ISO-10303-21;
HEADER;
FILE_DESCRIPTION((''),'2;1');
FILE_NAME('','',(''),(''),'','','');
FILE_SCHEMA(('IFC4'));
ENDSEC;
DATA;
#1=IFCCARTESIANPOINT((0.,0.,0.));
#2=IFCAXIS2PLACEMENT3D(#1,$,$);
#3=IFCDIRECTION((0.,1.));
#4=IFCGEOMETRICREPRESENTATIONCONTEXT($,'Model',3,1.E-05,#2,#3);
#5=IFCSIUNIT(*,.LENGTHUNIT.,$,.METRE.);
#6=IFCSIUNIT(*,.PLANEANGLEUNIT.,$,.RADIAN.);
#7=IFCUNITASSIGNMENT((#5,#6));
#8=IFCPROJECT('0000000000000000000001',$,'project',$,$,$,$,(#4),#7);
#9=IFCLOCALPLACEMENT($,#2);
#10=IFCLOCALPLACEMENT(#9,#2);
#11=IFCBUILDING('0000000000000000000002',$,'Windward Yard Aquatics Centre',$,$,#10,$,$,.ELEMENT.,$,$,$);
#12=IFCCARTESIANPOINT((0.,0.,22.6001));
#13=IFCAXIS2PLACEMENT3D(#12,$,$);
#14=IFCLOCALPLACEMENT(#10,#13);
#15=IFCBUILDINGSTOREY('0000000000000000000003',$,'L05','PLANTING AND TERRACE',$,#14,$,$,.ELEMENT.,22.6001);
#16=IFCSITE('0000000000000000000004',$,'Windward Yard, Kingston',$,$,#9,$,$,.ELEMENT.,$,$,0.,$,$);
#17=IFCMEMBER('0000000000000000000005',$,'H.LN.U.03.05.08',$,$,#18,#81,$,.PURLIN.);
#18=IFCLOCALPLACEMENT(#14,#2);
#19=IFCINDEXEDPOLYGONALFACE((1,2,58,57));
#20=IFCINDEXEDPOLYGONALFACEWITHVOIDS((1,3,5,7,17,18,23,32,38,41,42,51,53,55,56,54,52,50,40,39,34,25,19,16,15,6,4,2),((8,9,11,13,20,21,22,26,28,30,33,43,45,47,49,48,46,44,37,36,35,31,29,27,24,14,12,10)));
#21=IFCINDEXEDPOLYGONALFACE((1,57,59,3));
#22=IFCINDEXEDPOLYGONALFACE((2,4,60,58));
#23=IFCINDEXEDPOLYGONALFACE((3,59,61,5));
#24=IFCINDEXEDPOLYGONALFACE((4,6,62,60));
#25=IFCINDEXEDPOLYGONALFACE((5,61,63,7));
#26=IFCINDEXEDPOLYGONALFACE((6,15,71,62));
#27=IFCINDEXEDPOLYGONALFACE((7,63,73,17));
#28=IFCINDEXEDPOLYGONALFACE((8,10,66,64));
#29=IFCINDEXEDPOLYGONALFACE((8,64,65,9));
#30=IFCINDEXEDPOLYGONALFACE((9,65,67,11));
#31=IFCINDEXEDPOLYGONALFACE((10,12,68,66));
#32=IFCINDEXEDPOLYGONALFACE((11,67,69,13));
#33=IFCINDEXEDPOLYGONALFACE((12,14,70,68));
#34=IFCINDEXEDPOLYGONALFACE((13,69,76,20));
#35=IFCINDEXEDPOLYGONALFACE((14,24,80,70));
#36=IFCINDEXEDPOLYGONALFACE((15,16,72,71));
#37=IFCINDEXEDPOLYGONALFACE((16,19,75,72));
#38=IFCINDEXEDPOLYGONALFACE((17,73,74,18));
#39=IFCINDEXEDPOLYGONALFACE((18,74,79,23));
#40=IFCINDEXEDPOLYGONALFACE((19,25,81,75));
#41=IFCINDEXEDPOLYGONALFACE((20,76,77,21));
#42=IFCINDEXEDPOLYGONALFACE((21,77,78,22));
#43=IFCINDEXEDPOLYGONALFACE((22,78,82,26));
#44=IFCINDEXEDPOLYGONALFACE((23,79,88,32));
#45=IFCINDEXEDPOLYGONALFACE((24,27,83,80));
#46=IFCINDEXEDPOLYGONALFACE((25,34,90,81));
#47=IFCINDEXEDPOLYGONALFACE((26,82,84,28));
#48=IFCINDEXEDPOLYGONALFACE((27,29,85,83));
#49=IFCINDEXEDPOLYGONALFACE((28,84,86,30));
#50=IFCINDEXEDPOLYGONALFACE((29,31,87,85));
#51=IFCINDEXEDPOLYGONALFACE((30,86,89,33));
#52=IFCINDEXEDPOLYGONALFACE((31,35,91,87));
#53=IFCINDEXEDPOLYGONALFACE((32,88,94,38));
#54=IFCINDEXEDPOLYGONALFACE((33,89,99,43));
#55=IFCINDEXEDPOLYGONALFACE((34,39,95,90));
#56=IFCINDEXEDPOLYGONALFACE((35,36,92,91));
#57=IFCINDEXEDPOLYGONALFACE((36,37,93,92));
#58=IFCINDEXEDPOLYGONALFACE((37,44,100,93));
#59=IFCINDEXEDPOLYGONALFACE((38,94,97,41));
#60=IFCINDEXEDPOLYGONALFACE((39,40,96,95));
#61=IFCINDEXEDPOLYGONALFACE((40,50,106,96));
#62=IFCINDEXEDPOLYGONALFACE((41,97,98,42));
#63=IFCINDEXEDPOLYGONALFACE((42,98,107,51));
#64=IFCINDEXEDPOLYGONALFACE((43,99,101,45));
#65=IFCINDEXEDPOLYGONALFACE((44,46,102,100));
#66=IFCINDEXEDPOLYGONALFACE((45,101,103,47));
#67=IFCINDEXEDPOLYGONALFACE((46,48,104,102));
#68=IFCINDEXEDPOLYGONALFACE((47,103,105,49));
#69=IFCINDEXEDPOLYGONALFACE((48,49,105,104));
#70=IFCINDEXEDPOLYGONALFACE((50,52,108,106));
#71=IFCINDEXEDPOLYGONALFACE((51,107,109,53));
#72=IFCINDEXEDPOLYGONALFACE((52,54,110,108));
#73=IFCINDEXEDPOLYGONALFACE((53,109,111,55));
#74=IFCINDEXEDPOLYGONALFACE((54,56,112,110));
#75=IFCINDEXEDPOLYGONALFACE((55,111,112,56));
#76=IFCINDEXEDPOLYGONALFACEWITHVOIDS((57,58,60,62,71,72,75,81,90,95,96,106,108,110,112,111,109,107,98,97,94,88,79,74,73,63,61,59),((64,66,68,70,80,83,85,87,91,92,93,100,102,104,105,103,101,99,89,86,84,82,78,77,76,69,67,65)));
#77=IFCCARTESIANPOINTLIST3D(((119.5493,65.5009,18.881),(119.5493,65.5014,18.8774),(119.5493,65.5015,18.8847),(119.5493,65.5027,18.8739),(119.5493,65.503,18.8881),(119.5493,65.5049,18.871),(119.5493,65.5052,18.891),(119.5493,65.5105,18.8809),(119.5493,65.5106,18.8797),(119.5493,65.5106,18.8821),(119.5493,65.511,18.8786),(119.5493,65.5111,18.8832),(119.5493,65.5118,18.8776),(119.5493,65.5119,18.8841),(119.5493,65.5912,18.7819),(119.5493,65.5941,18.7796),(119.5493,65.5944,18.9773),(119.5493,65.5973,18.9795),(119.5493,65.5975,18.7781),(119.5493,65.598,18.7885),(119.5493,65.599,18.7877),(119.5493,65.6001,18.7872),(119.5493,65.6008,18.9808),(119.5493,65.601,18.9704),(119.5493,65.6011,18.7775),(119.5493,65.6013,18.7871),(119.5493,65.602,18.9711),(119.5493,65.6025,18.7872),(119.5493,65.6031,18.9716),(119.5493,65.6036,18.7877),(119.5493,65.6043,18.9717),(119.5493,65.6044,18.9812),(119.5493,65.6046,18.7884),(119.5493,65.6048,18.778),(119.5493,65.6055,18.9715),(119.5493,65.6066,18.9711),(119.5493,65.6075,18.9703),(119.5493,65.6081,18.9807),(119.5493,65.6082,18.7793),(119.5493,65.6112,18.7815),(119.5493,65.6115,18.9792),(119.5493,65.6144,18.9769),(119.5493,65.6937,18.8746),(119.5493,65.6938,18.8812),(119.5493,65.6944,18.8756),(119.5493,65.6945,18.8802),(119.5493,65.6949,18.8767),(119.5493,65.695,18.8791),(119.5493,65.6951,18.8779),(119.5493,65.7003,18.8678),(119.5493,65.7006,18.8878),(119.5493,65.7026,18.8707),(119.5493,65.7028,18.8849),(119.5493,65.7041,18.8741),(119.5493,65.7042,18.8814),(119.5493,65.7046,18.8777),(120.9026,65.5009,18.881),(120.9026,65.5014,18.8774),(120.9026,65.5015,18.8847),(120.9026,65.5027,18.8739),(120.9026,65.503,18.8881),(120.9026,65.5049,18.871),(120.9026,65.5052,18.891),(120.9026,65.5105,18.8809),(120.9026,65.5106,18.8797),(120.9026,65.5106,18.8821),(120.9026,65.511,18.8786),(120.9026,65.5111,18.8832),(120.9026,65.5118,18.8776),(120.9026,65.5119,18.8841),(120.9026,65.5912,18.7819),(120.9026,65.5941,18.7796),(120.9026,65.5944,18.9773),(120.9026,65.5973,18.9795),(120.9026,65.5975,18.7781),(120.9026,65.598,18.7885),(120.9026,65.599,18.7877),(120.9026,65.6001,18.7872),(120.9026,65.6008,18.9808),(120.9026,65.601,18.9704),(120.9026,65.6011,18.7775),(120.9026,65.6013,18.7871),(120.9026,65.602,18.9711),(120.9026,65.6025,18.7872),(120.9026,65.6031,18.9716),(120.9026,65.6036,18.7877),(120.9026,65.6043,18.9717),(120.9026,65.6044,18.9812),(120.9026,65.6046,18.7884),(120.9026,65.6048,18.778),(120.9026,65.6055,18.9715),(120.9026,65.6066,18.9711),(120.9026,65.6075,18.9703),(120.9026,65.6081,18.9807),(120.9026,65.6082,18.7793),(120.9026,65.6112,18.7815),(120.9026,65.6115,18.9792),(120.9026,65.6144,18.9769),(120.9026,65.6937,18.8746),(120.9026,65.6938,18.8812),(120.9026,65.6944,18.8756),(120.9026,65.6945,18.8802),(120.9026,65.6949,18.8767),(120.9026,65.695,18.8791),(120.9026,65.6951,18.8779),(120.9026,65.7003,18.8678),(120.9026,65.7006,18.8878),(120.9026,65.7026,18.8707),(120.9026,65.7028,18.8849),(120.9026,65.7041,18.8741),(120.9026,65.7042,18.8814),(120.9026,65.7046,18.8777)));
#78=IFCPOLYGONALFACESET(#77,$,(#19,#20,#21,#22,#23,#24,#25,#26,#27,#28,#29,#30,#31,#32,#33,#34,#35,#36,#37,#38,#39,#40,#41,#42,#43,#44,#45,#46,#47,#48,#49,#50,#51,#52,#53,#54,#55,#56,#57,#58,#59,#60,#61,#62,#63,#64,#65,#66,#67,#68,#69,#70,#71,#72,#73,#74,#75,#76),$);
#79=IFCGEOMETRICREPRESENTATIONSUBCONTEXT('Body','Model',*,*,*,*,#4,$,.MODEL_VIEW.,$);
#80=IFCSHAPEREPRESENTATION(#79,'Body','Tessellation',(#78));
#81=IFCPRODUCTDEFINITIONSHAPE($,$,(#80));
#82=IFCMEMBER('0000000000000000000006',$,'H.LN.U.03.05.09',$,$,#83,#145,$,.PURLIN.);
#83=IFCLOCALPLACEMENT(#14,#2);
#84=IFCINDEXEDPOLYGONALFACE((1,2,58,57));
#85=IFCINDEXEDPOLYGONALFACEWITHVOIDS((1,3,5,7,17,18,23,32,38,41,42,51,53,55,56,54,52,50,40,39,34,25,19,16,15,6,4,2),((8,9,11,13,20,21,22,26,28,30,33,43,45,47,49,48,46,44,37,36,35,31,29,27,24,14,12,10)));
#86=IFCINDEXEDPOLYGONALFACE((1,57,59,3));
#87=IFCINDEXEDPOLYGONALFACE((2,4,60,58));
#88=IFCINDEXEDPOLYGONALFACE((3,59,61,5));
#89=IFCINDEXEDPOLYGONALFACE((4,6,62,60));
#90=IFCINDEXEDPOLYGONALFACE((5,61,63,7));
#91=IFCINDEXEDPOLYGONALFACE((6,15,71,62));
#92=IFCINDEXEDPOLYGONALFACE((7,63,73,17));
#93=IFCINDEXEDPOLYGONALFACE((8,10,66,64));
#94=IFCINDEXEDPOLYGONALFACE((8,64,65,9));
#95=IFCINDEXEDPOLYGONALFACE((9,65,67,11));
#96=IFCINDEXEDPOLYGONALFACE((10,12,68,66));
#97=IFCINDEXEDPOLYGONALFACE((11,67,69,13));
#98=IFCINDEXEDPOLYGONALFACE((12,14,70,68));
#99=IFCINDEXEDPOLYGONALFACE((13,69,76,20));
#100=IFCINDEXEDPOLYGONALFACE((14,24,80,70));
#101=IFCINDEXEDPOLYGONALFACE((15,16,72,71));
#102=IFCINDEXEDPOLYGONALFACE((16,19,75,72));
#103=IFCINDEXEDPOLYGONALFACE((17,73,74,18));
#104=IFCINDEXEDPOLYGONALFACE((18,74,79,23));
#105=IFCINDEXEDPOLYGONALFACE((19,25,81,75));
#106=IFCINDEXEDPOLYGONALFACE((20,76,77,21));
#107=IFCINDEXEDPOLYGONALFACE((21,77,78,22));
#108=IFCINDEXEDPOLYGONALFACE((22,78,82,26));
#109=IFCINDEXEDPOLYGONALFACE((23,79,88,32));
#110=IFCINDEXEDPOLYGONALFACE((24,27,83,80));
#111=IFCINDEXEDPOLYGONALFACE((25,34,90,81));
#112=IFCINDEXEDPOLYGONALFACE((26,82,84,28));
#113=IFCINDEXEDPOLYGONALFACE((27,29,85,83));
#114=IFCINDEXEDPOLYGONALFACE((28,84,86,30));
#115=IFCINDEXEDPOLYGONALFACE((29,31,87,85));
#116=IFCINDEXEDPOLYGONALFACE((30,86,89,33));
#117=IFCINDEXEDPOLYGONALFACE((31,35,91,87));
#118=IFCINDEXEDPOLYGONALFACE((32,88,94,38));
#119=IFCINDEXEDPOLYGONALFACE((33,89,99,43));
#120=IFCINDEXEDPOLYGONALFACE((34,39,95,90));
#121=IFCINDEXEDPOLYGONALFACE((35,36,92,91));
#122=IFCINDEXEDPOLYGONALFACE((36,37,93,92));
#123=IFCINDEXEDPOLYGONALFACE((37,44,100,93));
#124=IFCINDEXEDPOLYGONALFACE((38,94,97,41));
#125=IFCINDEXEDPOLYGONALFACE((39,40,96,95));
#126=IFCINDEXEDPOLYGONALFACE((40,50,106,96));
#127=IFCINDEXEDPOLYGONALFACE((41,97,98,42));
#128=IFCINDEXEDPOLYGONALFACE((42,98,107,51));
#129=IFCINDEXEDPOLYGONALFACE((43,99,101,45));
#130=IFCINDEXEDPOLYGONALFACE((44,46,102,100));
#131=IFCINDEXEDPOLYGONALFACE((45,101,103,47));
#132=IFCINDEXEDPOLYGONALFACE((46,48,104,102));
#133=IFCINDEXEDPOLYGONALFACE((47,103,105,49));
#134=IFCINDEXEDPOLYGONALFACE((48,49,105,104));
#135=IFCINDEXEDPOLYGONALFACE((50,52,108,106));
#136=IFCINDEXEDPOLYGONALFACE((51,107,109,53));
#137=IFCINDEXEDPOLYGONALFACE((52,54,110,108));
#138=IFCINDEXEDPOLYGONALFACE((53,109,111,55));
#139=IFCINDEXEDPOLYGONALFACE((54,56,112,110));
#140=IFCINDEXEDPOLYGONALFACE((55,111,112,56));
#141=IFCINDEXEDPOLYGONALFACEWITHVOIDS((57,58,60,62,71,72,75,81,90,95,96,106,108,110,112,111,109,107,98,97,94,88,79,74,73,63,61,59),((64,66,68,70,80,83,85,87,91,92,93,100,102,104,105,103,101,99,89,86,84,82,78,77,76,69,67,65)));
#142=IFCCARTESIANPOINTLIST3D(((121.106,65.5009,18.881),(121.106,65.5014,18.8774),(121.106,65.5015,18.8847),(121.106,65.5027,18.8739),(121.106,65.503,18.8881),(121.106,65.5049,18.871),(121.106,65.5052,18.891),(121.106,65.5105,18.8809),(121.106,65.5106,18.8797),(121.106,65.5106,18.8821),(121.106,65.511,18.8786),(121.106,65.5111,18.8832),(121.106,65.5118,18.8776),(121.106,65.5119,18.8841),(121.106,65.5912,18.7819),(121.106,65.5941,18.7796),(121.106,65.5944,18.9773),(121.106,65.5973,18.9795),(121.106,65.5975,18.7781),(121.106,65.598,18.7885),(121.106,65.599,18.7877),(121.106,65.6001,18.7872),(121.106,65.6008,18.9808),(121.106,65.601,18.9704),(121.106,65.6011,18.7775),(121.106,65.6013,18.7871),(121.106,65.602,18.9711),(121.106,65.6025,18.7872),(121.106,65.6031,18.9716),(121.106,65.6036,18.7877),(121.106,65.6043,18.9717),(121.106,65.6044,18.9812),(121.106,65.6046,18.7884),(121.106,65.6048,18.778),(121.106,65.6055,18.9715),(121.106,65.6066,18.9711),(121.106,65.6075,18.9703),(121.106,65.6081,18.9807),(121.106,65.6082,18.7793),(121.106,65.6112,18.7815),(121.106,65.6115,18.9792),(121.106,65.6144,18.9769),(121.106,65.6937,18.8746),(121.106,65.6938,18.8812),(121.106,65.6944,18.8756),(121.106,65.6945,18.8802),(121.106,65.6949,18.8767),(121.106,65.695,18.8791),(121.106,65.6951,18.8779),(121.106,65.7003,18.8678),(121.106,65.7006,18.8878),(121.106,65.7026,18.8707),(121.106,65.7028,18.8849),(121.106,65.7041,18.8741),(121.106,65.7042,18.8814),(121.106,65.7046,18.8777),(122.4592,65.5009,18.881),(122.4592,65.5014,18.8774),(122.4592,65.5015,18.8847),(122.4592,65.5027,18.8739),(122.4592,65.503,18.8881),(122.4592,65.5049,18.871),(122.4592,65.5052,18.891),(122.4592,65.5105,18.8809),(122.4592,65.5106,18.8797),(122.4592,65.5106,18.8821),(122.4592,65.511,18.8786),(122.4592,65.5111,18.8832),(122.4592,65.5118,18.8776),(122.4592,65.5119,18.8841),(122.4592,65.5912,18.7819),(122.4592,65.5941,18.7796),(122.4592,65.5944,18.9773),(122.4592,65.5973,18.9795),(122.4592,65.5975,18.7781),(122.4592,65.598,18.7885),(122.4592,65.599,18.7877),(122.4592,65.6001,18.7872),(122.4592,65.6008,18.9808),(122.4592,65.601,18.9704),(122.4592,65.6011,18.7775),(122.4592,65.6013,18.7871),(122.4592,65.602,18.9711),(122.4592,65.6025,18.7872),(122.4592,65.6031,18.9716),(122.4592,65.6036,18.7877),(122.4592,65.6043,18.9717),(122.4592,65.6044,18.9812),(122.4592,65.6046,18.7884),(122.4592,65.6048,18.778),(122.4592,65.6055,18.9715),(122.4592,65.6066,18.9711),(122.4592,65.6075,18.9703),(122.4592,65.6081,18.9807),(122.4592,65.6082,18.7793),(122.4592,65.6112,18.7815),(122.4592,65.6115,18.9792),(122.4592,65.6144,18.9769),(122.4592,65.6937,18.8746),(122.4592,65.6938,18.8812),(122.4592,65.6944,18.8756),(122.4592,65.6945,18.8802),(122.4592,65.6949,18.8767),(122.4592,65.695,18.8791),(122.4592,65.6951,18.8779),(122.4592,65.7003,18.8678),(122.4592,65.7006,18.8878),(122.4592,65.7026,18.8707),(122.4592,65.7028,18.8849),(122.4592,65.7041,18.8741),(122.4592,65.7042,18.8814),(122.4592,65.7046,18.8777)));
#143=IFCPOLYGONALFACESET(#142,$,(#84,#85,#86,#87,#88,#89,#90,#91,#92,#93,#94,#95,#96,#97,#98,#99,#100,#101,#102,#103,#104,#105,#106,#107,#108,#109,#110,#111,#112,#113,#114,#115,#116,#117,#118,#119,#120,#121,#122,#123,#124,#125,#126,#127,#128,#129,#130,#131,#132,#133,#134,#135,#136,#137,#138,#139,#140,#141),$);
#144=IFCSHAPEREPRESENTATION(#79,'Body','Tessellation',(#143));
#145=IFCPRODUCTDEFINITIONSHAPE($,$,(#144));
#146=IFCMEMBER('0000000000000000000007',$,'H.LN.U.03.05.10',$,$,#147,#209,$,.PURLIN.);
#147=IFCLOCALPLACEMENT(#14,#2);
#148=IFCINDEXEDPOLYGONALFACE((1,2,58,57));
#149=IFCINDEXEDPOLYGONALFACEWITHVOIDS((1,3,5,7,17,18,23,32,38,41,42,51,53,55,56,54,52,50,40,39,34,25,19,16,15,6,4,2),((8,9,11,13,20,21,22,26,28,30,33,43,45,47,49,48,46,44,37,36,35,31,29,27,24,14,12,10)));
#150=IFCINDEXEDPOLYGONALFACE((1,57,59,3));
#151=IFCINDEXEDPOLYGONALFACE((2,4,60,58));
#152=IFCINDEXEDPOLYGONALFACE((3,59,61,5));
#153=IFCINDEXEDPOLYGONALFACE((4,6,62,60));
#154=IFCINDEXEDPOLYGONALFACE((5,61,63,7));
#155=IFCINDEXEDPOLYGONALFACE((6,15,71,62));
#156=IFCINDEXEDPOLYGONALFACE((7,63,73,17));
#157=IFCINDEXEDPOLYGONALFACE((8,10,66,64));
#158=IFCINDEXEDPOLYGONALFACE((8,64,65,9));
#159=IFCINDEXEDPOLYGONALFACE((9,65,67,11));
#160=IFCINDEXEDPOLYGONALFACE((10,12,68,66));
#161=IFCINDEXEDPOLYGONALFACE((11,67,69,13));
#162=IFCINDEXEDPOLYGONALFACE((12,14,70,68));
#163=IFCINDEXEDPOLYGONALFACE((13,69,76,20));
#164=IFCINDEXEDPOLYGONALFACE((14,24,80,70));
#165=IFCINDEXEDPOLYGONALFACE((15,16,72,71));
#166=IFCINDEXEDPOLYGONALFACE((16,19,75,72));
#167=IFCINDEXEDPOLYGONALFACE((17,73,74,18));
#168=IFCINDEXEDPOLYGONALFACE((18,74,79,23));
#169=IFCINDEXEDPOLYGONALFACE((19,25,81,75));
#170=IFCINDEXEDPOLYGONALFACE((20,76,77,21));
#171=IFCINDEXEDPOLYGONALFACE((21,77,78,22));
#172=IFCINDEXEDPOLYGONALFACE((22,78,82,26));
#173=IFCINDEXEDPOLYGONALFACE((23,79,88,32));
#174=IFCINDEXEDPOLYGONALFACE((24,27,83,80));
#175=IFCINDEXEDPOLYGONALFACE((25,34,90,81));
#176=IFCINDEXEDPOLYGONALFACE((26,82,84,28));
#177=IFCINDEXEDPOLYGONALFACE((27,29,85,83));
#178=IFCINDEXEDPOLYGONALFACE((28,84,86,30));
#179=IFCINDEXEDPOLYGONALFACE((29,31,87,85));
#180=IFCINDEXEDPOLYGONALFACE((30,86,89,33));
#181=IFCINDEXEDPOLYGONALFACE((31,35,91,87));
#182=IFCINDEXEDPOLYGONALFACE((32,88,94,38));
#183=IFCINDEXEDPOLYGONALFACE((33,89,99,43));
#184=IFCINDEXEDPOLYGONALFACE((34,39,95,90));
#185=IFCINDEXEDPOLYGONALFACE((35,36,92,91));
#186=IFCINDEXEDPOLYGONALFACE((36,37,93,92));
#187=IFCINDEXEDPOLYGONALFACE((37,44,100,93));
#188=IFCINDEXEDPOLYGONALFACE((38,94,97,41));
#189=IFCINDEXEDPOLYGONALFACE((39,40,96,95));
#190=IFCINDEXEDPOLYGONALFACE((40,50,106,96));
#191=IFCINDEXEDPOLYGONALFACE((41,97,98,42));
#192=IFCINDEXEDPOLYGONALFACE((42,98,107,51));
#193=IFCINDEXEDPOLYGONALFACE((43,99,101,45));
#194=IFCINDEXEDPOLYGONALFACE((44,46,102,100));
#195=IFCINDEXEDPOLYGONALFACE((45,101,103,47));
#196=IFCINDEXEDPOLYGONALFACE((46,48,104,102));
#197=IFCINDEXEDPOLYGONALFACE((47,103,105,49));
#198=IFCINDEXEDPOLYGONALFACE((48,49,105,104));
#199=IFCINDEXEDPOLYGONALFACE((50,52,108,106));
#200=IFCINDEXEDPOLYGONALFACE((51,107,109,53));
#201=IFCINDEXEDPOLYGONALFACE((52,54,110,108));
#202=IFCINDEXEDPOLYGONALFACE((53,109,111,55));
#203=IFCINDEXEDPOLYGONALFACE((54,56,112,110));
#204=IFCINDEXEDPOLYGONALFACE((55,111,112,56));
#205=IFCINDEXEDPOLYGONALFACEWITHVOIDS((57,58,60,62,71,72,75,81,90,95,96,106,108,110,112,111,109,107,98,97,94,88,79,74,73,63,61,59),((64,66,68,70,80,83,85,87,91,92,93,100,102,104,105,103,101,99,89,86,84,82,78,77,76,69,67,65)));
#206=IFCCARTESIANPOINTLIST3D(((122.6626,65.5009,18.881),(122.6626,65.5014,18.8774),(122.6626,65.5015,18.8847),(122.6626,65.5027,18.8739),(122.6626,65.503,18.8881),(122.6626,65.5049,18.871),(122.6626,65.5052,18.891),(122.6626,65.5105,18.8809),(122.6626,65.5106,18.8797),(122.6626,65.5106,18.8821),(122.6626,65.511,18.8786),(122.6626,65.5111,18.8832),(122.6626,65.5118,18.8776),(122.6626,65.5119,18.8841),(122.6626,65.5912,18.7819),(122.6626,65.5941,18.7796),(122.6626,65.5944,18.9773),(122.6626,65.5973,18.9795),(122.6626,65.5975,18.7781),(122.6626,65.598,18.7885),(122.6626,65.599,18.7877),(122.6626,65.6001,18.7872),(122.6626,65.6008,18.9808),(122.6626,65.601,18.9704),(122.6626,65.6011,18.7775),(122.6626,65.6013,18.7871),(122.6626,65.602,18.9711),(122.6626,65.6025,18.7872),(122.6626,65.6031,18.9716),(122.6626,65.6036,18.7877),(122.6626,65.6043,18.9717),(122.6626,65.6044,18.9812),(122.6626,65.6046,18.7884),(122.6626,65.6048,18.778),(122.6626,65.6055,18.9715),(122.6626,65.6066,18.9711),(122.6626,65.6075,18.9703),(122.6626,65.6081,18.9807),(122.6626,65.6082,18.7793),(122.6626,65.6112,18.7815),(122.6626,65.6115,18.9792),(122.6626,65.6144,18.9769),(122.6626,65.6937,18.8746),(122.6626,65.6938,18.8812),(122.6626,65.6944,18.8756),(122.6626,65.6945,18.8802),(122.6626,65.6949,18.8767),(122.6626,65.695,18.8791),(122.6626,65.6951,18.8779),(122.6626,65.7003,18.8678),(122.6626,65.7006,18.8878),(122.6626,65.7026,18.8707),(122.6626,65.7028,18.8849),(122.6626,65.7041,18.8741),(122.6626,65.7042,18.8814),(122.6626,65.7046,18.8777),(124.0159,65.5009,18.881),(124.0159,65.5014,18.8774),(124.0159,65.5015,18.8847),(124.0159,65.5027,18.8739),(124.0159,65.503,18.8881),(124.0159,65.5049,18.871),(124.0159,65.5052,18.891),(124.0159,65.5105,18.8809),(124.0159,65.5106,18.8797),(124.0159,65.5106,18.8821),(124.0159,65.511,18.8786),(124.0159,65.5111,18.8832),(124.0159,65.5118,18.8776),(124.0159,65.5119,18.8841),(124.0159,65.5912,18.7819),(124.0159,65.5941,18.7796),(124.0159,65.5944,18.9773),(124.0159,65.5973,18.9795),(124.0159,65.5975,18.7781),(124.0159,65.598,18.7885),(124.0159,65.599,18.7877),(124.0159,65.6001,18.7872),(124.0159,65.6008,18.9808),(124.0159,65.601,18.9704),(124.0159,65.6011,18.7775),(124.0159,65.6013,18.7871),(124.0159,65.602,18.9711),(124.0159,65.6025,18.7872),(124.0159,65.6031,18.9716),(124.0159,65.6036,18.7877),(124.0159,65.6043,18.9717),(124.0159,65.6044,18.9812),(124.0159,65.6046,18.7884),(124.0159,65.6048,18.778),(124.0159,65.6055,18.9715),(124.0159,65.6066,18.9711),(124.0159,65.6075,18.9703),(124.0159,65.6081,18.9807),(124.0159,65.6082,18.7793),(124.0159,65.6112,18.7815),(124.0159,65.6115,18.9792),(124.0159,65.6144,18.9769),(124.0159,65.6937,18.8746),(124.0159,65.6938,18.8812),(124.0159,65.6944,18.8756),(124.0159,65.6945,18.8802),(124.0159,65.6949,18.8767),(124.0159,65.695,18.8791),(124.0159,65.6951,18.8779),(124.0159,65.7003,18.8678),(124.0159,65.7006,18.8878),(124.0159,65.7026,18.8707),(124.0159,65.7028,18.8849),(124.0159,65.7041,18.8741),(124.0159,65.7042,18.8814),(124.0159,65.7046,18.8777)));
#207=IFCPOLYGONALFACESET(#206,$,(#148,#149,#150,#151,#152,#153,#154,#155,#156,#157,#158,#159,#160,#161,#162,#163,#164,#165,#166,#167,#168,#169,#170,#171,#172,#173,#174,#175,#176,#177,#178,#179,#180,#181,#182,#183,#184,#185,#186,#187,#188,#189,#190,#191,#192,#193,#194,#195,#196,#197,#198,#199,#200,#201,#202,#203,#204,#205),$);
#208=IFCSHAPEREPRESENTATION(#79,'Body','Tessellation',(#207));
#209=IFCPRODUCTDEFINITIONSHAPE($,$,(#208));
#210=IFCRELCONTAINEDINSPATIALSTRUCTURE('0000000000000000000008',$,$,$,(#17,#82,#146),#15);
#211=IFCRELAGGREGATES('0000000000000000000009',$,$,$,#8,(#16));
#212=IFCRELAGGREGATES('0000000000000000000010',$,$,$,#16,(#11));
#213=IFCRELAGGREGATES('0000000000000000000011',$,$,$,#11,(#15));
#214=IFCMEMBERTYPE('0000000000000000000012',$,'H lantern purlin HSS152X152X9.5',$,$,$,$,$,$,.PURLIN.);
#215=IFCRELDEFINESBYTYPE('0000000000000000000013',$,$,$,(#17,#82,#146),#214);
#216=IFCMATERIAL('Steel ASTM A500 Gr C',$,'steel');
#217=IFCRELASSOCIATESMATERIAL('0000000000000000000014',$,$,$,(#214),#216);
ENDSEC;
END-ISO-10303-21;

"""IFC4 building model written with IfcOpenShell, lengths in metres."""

from ifc_helpers import new_model, si_unit, direction, frame, origin, origin_2d, place, context, subcontext, project, spatial, hollow_rectangle, extrude, material, material_profile, profile_set, type_object, element, save


model = new_model("IFC4")

# Units and contexts
model_context = context("Model", 3, precision=1e-05, world=origin(), true_north=direction((0.0, 1.0)))
body_context = subcontext(model_context, "Body", "Model", "MODEL_VIEW")
ifc_project = project(units=[si_unit("LENGTHUNIT", "METRE"), si_unit("PLANEANGLEUNIT", "RADIAN")], contexts=[model_context])

# Site, building, storey
site_placement = place(None, origin())
site = spatial("IfcSite", under=ifc_project, at=site_placement, Name="Windward Yard, Kingston", CompositionType="ELEMENT", RefElevation=0.0)
building_placement = place(site_placement, origin())
building = spatial("IfcBuilding", under=site, at=building_placement, Name="Windward Yard Aquatics Centre", CompositionType="ELEMENT")
storey_placement = place(building_placement, frame((0.0, 0.0, 22.6001)))
storey = spatial("IfcBuildingStorey", under=building, at=storey_placement, Name="L05", Description="PLANTING AND TERRACE", CompositionType="ELEMENT", Elevation=22.6001)

# Members
ifc_material_1 = material(Name="Steel ASTM A500 Gr C", Category="steel")
ifc_material_profile = material_profile(ifc_material_1, hollow_rectangle(XDim=0.1523, YDim=0.1523, WallThickness=0.0095, InnerFilletRadius=0.0046, OuterFilletRadius=0.0142, at=origin_2d()), Name="HSS152X152X9.5")
ifc_profile_set = profile_set([ifc_material_profile], Name="Steel ASTM A500 Gr C")
member_type = type_object("IfcMemberType", Name="H lantern purlin HSS152X152X9.5", PredefinedType="PURLIN", material=ifc_profile_set)
for number, where, z_axis, x_axis, name in (
    (1, (119.5493, 65.6028, 18.8794), (1.0, 0.0, 0.0), (0.0, 0.69555, -0.718477), "H.LN.U.03.05.08"),
    (2, (121.106, 65.6028, 18.8794), (1.0, 0.0, 0.0), (0.0, 0.69555, -0.718477), "H.LN.U.03.05.09"),
    (3, (122.6626, 65.6028, 18.8794), (1.0, 0.0, 0.0), (0.0, 0.69555, -0.718477), "H.LN.U.03.05.10"),
):
    element("IfcMember", number, at=place(storey_placement, frame(where, z_axis=z_axis, x_axis=x_axis)), inside=storey, type_object=member_type, Name=name, PredefinedType="PURLIN", context=body_context, shape_type="SweptSolid", body=[
        extrude(hollow_rectangle(XDim=0.1523, YDim=0.1523, WallThickness=0.0095, InnerFilletRadius=0.0046, OuterFilletRadius=0.0142, at=origin_2d()), origin(), (0.0, 0.0, 1.0), 1.3533),
    ])

save(model, "model.ifc")
